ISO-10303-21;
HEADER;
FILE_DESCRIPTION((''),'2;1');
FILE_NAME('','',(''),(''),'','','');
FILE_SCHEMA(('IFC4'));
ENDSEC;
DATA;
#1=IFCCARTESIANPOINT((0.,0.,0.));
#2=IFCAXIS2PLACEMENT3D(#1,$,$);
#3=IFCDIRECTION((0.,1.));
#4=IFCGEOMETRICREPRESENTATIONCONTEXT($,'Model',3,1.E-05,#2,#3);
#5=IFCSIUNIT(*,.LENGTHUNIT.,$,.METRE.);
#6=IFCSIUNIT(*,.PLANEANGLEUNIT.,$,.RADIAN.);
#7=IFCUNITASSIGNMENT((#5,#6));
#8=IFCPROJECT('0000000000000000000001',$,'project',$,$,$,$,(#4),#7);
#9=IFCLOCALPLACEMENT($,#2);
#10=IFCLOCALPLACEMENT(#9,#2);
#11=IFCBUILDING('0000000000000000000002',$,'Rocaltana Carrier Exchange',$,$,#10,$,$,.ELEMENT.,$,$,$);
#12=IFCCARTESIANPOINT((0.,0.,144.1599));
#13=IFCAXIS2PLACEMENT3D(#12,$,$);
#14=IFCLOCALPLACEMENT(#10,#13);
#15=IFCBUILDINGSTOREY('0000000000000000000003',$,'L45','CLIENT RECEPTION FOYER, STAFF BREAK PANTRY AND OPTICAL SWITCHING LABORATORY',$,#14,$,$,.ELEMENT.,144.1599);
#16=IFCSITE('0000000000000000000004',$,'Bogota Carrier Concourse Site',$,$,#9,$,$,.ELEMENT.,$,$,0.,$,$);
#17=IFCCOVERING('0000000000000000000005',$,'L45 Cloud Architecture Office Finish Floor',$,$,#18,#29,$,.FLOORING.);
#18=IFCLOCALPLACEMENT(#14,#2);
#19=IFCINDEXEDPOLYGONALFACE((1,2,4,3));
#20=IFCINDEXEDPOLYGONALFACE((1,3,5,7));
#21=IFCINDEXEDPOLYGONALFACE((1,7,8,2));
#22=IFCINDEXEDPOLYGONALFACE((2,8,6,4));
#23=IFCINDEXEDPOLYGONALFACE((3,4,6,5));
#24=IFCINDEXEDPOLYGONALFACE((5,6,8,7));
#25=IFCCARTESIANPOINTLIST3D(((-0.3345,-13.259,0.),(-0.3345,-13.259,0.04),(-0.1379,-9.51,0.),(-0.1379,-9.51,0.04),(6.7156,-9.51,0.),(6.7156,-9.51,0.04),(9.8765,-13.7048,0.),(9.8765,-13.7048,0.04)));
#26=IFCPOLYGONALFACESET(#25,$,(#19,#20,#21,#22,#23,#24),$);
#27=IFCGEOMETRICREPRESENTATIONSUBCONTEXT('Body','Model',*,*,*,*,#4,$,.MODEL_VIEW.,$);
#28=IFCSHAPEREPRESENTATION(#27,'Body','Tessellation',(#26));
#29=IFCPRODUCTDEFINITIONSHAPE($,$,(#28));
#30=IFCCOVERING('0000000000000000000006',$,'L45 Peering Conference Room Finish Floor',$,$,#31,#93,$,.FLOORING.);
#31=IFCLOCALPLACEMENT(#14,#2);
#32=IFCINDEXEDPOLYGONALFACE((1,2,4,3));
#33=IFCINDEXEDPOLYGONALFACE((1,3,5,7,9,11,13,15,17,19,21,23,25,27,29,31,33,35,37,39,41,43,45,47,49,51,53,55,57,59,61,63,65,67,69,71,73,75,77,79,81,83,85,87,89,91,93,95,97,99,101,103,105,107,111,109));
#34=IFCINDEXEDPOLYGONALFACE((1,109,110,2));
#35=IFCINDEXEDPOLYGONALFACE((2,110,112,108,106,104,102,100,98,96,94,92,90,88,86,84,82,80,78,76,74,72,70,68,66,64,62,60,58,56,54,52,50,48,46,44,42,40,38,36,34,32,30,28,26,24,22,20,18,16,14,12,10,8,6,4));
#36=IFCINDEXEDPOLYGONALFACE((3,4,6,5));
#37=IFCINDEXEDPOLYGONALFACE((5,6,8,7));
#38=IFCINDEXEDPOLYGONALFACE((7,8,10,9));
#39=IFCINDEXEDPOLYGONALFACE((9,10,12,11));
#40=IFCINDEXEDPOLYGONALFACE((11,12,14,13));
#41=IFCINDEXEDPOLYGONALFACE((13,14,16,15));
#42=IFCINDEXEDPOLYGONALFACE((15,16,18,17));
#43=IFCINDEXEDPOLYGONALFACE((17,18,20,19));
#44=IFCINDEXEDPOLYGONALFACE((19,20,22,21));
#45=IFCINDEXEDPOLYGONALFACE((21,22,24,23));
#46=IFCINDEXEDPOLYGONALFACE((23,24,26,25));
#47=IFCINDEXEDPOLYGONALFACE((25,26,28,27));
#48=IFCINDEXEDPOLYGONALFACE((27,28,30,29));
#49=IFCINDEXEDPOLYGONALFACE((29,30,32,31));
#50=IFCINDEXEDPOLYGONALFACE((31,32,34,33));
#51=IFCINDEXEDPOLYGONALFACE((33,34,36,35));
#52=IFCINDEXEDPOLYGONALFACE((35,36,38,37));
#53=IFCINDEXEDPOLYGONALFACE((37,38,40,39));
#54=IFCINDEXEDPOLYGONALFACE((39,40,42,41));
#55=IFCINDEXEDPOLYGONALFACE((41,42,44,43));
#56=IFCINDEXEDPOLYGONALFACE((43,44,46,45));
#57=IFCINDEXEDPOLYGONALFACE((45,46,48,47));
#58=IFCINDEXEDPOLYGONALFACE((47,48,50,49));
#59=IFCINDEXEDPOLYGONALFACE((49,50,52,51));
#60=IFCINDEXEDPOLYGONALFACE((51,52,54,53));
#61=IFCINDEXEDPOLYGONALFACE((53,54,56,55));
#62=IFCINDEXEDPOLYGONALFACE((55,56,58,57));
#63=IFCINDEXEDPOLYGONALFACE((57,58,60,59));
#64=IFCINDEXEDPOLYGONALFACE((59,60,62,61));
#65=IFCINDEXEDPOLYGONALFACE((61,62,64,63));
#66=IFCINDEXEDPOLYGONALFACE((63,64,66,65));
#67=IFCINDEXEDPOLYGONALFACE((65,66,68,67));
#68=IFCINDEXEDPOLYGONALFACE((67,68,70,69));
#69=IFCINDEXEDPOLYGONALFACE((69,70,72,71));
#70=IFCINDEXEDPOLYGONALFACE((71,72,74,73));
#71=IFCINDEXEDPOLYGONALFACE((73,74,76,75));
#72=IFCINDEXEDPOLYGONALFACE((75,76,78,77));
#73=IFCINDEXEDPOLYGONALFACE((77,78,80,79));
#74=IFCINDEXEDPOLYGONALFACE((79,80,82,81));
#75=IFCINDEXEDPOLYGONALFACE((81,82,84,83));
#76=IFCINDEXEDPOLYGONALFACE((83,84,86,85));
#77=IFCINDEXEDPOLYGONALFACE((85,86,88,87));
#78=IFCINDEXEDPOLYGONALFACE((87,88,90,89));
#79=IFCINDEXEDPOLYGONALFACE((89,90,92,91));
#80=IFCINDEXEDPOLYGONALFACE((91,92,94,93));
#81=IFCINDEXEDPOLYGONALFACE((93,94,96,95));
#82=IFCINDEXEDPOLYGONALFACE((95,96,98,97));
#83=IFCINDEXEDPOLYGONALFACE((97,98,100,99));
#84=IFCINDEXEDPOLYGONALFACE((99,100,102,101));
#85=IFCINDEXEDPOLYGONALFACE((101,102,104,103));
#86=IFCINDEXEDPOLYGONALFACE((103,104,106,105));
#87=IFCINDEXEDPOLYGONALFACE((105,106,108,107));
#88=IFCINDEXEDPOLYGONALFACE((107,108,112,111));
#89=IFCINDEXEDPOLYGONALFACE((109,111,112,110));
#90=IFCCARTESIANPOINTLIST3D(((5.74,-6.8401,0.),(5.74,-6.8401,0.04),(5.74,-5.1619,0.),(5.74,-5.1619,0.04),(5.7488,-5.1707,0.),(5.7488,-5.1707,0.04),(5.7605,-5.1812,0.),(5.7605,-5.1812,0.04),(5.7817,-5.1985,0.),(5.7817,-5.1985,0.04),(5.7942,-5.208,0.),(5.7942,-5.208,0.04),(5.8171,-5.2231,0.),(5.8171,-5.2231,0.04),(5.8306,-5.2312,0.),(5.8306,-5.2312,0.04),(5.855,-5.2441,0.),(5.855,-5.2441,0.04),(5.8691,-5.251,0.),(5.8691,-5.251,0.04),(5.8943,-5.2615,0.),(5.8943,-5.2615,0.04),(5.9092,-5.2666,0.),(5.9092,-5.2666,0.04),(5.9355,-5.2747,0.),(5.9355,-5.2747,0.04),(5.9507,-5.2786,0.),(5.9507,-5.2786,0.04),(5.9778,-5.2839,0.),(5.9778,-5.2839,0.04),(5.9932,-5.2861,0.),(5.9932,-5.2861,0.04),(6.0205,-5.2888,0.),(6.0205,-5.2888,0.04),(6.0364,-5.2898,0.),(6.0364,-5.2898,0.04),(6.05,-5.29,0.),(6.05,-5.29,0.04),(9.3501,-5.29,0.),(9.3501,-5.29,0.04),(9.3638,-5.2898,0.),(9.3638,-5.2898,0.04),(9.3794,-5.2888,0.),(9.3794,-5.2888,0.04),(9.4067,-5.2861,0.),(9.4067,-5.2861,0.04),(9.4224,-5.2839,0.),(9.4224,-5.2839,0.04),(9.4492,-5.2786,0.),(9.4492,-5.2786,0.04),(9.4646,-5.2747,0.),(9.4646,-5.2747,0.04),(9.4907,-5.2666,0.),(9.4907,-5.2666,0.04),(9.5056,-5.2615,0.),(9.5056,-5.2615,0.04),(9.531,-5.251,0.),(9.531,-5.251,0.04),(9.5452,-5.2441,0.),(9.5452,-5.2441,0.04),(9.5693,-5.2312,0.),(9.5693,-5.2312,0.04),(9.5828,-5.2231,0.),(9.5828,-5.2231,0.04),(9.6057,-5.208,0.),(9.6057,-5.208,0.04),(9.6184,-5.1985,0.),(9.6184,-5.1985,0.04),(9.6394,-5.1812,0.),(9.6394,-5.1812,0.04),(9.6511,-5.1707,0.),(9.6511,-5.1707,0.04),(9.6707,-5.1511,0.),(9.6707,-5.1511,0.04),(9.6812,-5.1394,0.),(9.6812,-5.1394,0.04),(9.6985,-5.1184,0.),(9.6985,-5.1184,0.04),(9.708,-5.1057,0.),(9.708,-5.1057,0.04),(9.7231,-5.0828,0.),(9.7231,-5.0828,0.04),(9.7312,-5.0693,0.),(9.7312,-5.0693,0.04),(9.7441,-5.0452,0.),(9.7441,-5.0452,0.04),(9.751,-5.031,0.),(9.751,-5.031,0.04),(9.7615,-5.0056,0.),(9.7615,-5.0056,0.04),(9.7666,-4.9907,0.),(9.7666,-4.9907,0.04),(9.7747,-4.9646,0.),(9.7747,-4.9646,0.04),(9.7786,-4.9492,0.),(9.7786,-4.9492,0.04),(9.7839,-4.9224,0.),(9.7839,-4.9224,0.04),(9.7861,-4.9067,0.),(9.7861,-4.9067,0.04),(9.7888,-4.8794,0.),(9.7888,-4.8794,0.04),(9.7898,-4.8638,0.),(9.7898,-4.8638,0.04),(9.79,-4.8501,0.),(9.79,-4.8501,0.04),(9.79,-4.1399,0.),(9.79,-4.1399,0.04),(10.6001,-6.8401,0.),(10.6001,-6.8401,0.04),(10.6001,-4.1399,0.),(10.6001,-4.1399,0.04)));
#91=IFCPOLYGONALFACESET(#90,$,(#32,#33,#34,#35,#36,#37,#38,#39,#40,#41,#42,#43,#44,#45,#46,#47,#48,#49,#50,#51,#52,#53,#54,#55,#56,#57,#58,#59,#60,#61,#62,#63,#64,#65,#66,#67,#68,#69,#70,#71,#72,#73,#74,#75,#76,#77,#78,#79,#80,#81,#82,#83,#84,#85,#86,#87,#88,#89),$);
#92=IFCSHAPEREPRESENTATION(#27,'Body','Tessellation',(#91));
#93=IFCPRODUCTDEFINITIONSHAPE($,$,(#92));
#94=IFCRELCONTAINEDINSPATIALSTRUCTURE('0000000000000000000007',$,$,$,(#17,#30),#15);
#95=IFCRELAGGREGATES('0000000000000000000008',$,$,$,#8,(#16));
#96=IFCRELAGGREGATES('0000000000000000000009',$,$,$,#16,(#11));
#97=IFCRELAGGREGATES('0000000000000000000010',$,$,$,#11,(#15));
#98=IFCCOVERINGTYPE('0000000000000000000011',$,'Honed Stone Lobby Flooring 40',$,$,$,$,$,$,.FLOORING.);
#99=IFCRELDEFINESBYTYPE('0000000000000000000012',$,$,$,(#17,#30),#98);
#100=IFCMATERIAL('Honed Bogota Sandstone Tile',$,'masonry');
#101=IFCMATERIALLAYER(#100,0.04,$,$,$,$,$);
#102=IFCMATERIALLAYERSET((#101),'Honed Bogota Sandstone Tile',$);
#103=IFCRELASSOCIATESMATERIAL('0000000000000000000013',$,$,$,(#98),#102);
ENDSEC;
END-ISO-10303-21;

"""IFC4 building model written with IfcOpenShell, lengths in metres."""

from ifc_helpers import new_model, si_unit, direction, frame, origin, place, context, subcontext, project, spatial, polyline, outline, extrude, material, layer, layer_set, type_object, element, save


model = new_model("IFC4")

# Units and contexts
model_context = context("Model", 3, precision=1e-05, world=origin(), true_north=direction((0.0, 1.0)))
body_context = subcontext(model_context, "Body", "Model", "MODEL_VIEW")
ifc_project = project(units=[si_unit("LENGTHUNIT", "METRE"), si_unit("PLANEANGLEUNIT", "RADIAN")], contexts=[model_context])

# Site, building, storey
site_placement = place(None, origin())
site = spatial("IfcSite", under=ifc_project, at=site_placement, Name="Bogota Carrier Concourse Site", CompositionType="ELEMENT", RefElevation=0.0)
building_placement = place(site_placement, origin())
building = spatial("IfcBuilding", under=site, at=building_placement, Name="Rocaltana Carrier Exchange", CompositionType="ELEMENT")
storey_placement = place(building_placement, frame((0.0, 0.0, 144.1599)))
storey = spatial("IfcBuildingStorey", under=building, at=storey_placement, Name="L45", Description="CLIENT RECEPTION FOYER, STAFF BREAK PANTRY AND OPTICAL SWITCHING LABORATORY", CompositionType="ELEMENT", Elevation=144.1599)

# Coverings
ifc_material_1 = material(Name="Honed Bogota Sandstone Tile", Category="masonry")
ifc_layer_1 = layer(ifc_material_1, 0.04)
ifc_layer_set_1 = layer_set([ifc_layer_1], Name="Honed Bogota Sandstone Tile")
covering_type_1 = type_object("IfcCoveringType", Name="Honed Stone Lobby Flooring 40", PredefinedType="FLOORING", material=ifc_layer_set_1)
covering_1_placement = place(storey_placement, origin())
element("IfcCovering", 1, at=covering_1_placement, inside=storey, type_object=covering_type_1, Name="L45 Cloud Architecture Office Finish Floor", PredefinedType="FLOORING", context=body_context, shape_type="SweptSolid", body=[
    extrude(outline(polyline([(-0.3345, -13.259), (-0.1379, -9.51), (6.7156, -9.51), (9.8765, -13.7048), (-0.3345, -13.259)])), origin(), (0.0, 0.0, 1.0), 0.04),
])
covering_2_placement = place(storey_placement, origin())
element("IfcCovering", 2, at=covering_2_placement, inside=storey, type_object=covering_type_1, Name="L45 Peering Conference Room Finish Floor", PredefinedType="FLOORING", context=body_context, shape_type="SweptSolid", body=[
    extrude(outline(polyline([(5.74, -6.8401), (5.74, -5.1619), (5.7488, -5.1707), (5.7605, -5.1812), (5.7817, -5.1985), (5.7942, -5.208), (5.8171, -5.2231), (5.8306, -5.2312), (5.855, -5.2441), (5.8691, -5.251), (5.8943, -5.2615), (5.9092, -5.2666), (5.9355, -5.2747), (5.9507, -5.2786), (5.9778, -5.2839), (5.9932, -5.2861), (6.0205, -5.2888), (6.0364, -5.2898), (6.05, -5.29), (9.3501, -5.29), (9.3638, -5.2898), (9.3794, -5.2888), (9.4067, -5.2861), (9.4224, -5.2839), (9.4492, -5.2786), (9.4646, -5.2747), (9.4907, -5.2666), (9.5056, -5.2615), (9.531, -5.251), (9.5452, -5.2441), (9.5693, -5.2312), (9.5828, -5.2231), (9.6057, -5.208), (9.6184, -5.1985), (9.6394, -5.1812), (9.6511, -5.1707), (9.6707, -5.1511), (9.6812, -5.1394), (9.6985, -5.1184), (9.708, -5.1057), (9.7231, -5.0828), (9.7312, -5.0693), (9.7441, -5.0452), (9.751, -5.031), (9.7615, -5.0056), (9.7666, -4.9907), (9.7747, -4.9646), (9.7786, -4.9492), (9.7839, -4.9224), (9.7861, -4.9067), (9.7888, -4.8794), (9.7898, -4.8638), (9.79, -4.8501), (9.79, -4.1399), (10.6001, -4.1399), (10.6001, -6.8401), (5.74, -6.8401)])), origin(), (0.0, 0.0, 1.0), 0.04),
])

save(model, "model.ifc")
